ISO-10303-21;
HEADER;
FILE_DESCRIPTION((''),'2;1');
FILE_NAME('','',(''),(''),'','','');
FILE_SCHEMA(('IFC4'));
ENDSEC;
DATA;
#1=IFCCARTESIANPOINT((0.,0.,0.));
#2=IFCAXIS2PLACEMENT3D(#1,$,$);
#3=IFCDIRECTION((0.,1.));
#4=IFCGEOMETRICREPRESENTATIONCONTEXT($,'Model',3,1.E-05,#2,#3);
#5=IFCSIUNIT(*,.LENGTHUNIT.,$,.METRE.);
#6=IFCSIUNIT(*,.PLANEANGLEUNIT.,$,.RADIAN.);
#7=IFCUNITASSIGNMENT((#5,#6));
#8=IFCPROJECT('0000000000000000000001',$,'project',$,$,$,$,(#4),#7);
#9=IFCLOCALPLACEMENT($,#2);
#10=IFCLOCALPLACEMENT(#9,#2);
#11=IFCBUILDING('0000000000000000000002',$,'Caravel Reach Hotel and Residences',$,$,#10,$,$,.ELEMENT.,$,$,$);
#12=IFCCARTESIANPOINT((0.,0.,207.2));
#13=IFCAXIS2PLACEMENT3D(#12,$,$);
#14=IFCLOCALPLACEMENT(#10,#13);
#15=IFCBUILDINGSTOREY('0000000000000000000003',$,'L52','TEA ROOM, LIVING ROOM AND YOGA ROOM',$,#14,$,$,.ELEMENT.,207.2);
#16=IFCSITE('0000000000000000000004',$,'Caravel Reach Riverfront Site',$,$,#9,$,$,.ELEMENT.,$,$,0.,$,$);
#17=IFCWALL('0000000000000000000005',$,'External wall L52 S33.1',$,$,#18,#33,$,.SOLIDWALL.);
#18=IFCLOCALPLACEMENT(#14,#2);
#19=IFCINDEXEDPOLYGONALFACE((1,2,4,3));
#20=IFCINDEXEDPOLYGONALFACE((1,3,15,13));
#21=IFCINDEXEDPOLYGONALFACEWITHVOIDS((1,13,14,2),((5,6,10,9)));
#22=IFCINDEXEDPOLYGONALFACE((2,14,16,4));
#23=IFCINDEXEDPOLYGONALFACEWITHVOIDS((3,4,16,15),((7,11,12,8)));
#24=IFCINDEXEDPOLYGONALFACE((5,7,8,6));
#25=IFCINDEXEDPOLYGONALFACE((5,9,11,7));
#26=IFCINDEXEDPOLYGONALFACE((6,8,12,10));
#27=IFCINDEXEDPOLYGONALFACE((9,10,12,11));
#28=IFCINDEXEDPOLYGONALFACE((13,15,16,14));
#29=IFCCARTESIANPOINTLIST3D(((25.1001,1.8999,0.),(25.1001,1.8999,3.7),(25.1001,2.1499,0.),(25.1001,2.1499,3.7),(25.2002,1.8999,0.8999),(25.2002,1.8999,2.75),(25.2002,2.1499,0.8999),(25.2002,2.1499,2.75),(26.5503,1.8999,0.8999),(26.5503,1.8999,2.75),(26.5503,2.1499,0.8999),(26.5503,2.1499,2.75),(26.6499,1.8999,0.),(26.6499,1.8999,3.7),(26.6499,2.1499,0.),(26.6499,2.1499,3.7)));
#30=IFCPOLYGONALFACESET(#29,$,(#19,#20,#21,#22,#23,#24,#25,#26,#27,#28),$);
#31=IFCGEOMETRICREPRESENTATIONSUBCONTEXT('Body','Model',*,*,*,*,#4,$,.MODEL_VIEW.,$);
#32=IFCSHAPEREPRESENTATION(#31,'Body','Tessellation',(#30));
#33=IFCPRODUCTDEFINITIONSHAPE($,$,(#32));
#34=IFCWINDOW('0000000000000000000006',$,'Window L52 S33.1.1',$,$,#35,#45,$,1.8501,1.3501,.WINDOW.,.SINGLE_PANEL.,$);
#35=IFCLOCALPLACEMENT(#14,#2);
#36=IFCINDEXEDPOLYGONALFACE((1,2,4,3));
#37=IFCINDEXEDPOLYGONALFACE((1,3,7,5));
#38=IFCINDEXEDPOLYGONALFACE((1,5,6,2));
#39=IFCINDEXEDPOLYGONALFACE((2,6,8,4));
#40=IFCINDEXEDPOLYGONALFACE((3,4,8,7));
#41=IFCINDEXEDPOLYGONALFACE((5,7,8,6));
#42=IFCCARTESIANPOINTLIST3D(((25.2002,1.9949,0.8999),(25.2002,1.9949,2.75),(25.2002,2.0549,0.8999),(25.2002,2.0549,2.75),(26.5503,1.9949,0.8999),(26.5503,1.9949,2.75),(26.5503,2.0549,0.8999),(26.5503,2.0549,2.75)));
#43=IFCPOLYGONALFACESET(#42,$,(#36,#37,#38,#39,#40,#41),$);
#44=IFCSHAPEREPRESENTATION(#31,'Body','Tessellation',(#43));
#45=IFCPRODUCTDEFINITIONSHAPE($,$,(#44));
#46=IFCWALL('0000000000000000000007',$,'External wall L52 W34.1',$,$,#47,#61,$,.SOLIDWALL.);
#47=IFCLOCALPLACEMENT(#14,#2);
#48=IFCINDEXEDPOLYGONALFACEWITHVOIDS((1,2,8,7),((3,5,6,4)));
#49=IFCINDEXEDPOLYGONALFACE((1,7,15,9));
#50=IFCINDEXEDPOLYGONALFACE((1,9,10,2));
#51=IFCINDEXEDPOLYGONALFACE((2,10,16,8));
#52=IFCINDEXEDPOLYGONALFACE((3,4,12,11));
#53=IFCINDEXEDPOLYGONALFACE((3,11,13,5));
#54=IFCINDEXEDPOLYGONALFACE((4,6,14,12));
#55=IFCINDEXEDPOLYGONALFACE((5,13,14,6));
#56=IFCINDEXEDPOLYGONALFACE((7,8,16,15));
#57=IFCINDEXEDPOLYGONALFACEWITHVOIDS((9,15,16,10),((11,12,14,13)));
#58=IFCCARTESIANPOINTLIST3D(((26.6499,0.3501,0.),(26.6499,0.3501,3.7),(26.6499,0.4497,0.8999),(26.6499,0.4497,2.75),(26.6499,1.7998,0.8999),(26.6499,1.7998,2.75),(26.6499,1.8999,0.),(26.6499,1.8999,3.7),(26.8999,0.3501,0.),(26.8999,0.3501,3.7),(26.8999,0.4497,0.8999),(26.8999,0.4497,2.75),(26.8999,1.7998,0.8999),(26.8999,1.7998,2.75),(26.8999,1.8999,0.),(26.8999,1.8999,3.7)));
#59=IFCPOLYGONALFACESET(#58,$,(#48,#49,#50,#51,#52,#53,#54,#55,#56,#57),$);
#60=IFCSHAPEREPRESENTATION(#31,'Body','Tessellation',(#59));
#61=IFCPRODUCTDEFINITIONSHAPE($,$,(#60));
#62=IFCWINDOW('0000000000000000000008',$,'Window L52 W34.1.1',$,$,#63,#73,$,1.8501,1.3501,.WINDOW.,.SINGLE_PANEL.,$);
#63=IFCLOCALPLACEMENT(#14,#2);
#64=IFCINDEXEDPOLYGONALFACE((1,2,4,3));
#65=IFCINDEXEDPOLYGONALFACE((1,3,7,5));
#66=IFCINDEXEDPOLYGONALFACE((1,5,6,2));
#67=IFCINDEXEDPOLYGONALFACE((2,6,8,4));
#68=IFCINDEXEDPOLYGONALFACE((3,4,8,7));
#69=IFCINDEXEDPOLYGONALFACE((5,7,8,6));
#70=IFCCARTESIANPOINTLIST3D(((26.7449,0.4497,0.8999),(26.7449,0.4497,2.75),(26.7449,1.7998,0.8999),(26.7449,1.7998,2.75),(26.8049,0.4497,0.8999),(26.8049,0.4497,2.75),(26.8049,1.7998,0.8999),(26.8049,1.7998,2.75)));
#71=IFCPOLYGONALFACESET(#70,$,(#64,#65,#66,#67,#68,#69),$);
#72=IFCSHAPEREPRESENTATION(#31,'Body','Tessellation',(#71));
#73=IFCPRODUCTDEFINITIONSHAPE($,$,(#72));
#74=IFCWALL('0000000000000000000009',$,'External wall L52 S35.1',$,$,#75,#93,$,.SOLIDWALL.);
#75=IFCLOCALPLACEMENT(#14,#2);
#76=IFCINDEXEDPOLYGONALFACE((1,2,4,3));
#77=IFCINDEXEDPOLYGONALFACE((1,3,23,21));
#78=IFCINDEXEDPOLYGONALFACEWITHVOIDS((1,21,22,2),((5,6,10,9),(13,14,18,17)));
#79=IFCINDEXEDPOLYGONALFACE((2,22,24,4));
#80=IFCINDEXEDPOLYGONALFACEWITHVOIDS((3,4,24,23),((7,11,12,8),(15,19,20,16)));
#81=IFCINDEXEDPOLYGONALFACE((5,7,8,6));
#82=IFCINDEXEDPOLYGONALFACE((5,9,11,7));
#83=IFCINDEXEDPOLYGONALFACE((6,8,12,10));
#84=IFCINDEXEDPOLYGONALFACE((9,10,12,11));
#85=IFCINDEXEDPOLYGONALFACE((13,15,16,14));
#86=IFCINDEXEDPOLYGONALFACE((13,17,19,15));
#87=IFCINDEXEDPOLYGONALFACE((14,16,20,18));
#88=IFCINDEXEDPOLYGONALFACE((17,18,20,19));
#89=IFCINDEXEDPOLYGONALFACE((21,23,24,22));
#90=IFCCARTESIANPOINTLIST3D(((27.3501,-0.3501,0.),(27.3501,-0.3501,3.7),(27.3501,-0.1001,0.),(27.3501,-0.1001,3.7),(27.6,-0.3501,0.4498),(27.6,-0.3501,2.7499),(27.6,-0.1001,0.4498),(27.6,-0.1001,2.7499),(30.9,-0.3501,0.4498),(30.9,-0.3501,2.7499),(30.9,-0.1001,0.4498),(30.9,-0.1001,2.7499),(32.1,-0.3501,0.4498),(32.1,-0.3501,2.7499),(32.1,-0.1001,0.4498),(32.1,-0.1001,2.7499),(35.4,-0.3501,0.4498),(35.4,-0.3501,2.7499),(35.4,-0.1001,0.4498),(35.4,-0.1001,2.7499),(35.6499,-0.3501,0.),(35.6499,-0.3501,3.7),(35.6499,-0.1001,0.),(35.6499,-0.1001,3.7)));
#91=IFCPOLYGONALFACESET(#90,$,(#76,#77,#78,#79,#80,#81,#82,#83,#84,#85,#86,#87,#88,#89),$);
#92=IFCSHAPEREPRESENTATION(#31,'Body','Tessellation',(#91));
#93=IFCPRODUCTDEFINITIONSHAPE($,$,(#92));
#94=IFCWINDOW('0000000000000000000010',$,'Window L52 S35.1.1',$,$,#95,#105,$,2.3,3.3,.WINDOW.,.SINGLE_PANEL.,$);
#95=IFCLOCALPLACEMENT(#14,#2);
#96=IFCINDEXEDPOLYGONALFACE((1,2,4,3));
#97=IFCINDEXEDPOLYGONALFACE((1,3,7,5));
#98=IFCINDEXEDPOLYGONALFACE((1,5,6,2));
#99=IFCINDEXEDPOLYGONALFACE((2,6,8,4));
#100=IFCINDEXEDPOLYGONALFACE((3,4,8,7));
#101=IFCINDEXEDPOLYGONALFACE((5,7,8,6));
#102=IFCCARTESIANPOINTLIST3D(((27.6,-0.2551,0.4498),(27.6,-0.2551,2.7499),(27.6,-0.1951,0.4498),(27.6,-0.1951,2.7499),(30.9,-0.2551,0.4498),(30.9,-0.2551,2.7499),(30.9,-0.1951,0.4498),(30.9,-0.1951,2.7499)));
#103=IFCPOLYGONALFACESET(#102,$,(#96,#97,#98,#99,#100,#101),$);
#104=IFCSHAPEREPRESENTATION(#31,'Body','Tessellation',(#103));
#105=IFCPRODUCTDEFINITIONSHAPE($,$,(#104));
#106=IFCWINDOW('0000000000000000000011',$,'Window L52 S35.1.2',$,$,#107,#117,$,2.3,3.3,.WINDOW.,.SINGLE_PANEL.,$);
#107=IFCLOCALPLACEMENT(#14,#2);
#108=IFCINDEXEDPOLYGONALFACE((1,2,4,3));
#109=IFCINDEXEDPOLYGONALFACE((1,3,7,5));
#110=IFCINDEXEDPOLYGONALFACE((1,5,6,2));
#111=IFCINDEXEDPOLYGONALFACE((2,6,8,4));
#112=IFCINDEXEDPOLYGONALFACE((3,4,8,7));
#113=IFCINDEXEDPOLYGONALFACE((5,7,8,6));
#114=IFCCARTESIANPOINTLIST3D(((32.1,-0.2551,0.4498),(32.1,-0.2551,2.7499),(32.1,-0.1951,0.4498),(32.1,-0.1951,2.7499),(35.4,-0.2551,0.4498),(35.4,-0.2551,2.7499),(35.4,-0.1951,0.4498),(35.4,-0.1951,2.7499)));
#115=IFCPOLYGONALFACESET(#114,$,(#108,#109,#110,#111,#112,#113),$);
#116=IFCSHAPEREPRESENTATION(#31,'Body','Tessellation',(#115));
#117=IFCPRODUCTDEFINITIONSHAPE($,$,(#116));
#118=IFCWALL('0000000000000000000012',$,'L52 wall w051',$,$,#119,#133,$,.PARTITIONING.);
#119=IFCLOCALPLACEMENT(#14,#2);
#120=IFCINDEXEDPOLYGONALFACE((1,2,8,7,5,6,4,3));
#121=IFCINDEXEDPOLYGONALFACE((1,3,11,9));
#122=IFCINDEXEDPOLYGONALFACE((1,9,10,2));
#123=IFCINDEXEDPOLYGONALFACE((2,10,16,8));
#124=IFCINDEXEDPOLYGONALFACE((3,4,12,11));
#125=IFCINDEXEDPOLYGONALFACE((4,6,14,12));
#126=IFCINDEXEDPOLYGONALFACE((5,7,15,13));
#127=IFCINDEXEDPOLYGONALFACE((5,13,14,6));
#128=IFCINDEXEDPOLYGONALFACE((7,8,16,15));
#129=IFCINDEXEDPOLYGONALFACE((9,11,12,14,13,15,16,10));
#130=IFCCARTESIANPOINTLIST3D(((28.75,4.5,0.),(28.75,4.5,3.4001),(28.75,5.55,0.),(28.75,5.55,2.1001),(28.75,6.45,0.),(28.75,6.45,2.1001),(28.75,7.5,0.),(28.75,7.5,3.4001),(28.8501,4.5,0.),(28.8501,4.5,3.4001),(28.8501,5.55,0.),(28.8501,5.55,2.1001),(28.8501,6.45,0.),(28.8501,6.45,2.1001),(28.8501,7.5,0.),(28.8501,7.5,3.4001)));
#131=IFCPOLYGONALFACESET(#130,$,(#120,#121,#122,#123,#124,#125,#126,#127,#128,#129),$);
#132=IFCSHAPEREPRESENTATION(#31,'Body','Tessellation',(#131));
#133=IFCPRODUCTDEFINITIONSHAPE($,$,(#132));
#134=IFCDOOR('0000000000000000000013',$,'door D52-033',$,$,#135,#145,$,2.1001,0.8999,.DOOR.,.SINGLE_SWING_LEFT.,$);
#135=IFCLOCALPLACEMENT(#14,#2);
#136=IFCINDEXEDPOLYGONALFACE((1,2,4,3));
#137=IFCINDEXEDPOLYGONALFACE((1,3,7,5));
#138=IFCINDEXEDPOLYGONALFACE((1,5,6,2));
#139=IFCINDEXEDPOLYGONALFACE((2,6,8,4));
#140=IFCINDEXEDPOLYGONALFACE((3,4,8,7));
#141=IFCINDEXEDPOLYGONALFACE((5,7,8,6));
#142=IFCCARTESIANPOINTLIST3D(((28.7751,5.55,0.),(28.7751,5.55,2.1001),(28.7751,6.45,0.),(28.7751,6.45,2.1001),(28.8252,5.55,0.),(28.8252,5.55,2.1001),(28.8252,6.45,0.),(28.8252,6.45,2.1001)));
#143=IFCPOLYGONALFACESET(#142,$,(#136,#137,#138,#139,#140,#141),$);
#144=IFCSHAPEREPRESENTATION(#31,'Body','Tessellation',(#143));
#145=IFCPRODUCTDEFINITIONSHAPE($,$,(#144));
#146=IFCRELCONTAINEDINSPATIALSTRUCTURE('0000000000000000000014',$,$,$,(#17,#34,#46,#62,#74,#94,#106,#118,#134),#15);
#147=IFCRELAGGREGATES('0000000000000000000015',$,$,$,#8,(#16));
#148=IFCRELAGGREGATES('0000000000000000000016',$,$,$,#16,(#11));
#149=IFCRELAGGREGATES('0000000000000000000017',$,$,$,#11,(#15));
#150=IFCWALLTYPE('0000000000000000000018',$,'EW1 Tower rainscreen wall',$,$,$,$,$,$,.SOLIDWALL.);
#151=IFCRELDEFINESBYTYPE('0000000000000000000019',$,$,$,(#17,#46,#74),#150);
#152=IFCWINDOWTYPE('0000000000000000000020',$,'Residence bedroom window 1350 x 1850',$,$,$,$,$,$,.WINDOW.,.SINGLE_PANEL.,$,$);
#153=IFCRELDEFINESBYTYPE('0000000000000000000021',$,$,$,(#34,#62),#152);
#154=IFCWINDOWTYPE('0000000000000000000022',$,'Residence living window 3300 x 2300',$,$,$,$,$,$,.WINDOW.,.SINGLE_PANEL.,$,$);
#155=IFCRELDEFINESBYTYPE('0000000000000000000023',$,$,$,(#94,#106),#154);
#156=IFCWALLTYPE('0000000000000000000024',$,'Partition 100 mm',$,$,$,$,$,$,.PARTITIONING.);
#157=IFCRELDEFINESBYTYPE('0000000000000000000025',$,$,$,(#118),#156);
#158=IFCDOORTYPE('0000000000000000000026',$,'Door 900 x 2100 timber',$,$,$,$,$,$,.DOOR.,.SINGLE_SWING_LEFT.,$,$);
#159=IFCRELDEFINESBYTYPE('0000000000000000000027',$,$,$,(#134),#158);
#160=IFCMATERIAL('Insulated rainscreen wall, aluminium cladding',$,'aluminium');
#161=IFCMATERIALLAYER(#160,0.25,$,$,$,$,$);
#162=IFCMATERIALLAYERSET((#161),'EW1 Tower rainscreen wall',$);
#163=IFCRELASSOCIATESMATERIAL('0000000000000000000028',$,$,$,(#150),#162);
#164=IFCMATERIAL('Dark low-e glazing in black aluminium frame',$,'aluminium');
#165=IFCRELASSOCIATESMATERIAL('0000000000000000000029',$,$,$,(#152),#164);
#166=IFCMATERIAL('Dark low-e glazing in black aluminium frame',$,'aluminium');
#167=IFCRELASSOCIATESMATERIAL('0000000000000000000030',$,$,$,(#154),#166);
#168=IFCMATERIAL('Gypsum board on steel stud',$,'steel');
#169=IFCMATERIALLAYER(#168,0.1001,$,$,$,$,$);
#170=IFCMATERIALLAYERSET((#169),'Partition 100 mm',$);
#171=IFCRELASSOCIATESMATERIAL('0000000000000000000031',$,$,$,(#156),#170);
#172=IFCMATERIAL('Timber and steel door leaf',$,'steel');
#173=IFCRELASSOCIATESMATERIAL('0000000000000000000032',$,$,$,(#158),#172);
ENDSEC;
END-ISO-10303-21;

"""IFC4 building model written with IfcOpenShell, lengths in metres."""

from ifc_helpers import new_model, si_unit, direction, frame, frame_2d, origin, place, context, subcontext, project, spatial, rectangle, extrude, material, layer, layer_set, type_object, element, fill, save


model = new_model("IFC4")

# Units and contexts
model_context = context("Model", 3, precision=1e-05, world=origin(), true_north=direction((0.0, 1.0)))
body_context = subcontext(model_context, "Body", "Model", "MODEL_VIEW")
ifc_project = project(units=[si_unit("LENGTHUNIT", "METRE"), si_unit("PLANEANGLEUNIT", "RADIAN")], contexts=[model_context])

# Site, building, storey
site_placement = place(None, origin())
site = spatial("IfcSite", under=ifc_project, at=site_placement, Name="Caravel Reach Riverfront Site", CompositionType="ELEMENT", RefElevation=0.0)
building_placement = place(site_placement, origin())
building = spatial("IfcBuilding", under=site, at=building_placement, Name="Caravel Reach Hotel and Residences", CompositionType="ELEMENT")
storey_placement = place(building_placement, frame((0.0, 0.0, 207.2)))
storey = spatial("IfcBuildingStorey", under=building, at=storey_placement, Name="L52", Description="TEA ROOM, LIVING ROOM AND YOGA ROOM", CompositionType="ELEMENT", Elevation=207.2)

# Walls, openings, windows
ifc_material_1 = material(Name="Insulated rainscreen wall, aluminium cladding", Category="aluminium")
ifc_layer_1 = layer(ifc_material_1, 0.25)
ifc_layer_set_1 = layer_set([ifc_layer_1], Name="EW1 Tower rainscreen wall")
wall_type_1 = type_object("IfcWallType", Name="EW1 Tower rainscreen wall", PredefinedType="SOLIDWALL", material=ifc_layer_set_1)
wall_1_placement = place(storey_placement, frame((25.1001, 2.0249, 0.0), z_axis=(0.0, 0.0, 1.0), x_axis=(1.0, 0.0, 0.0)))
wall_1 = element("IfcWall", 1, at=wall_1_placement, inside=storey, type_object=wall_type_1, Name="External wall L52 S33.1", PredefinedType="SOLIDWALL", context=body_context, shape_type="SweptSolid", body=[
    extrude(rectangle(XDim=1.5498, YDim=0.25, at=frame_2d((0.7749, 0.0))), origin(), (0.0, 0.0, 1.0), 3.7),
])
opening_1_placement = place(wall_1_placement, frame((0.1001, 0.0, 0.8999)))
opening_1 = element("IfcOpeningElement", 2, at=opening_1_placement, cuts=wall_1, PredefinedType="OPENING", context=body_context, shape_type="SweptSolid", body=[
    extrude(rectangle(XDim=1.3501, YDim=1.8501, at=frame_2d((0.675, 0.925))), frame((0.0, 0.135, 0.0), z_axis=(0.0, -1.0, 0.0), x_axis=(1.0, 0.0, 0.0)), (0.0, 0.0, 1.0), 0.27),
])
ifc_material_2 = material(Name="Dark low-e glazing in black aluminium frame", Category="aluminium")
window_type_1 = type_object("IfcWindowType", Name="Residence bedroom window 1350 x 1850", PartitioningType="SINGLE_PANEL", PredefinedType="WINDOW", material=ifc_material_2)
window_1_placement = place(opening_1_placement, origin())
window_1 = element("IfcWindow", 3, at=window_1_placement, inside=storey, type_object=window_type_1, Name="Window L52 S33.1.1", OverallHeight=1.8501, OverallWidth=1.3501, PartitioningType="SINGLE_PANEL", PredefinedType="WINDOW", context=body_context, shape_type="SweptSolid", body=[
    extrude(rectangle(XDim=1.3501, YDim=1.8501, at=frame_2d((0.675, 0.925))), frame((0.0, 0.03, 0.0), z_axis=(0.0, -1.0, 0.0), x_axis=(1.0, 0.0, 0.0)), (0.0, 0.0, 1.0), 0.0601),
])
fill(opening_1, window_1)
wall_2_placement = place(storey_placement, frame((26.7749, 1.8999, 0.0), z_axis=(0.0, 0.0, 1.0), x_axis=(0.0, -1.0, 0.0)))
wall_2 = element("IfcWall", 4, at=wall_2_placement, inside=storey, type_object=wall_type_1, Name="External wall L52 W34.1", PredefinedType="SOLIDWALL", context=body_context, shape_type="SweptSolid", body=[
    extrude(rectangle(XDim=1.5498, YDim=0.25, at=frame_2d((0.7749, 0.0))), origin(), (0.0, 0.0, 1.0), 3.7),
])
opening_2_placement = place(wall_2_placement, frame((0.1001, 0.0, 0.8999)))
opening_2 = element("IfcOpeningElement", 5, at=opening_2_placement, cuts=wall_2, PredefinedType="OPENING", context=body_context, shape_type="SweptSolid", body=[
    extrude(rectangle(XDim=1.3501, YDim=1.8501, at=frame_2d((0.675, 0.925))), frame((0.0, 0.135, 0.0), z_axis=(0.0, -1.0, 0.0), x_axis=(1.0, 0.0, 0.0)), (0.0, 0.0, 1.0), 0.27),
])
window_2_placement = place(opening_2_placement, origin())
window_2 = element("IfcWindow", 6, at=window_2_placement, inside=storey, type_object=window_type_1, Name="Window L52 W34.1.1", OverallHeight=1.8501, OverallWidth=1.3501, PartitioningType="SINGLE_PANEL", PredefinedType="WINDOW", context=body_context, shape_type="SweptSolid", body=[
    extrude(rectangle(XDim=1.3501, YDim=1.8501, at=frame_2d((0.675, 0.925))), frame((0.0, 0.03, 0.0), z_axis=(0.0, -1.0, 0.0), x_axis=(1.0, 0.0, 0.0)), (0.0, 0.0, 1.0), 0.0601),
])
fill(opening_2, window_2)

# Wall, openings, windows
wall_3_placement = place(storey_placement, frame((27.3501, -0.2251, 0.0), z_axis=(0.0, 0.0, 1.0), x_axis=(1.0, 0.0, 0.0)))
wall_3 = element("IfcWall", 7, at=wall_3_placement, inside=storey, type_object=wall_type_1, Name="External wall L52 S35.1", PredefinedType="SOLIDWALL", context=body_context, shape_type="SweptSolid", body=[
    extrude(rectangle(XDim=8.2998, YDim=0.25, at=frame_2d((4.1499, 0.0))), origin(), (0.0, 0.0, 1.0), 3.7),
])
opening_3_placement = place(wall_3_placement, frame((0.25, 0.0, 0.45)))
opening_3 = element("IfcOpeningElement", 8, at=opening_3_placement, cuts=wall_3, PredefinedType="OPENING", context=body_context, shape_type="SweptSolid", body=[
    extrude(rectangle(XDim=3.3, YDim=2.3, at=frame_2d((1.6499, 1.1499))), frame((0.0, 0.135, 0.0), z_axis=(0.0, -1.0, 0.0), x_axis=(1.0, 0.0, 0.0)), (0.0, 0.0, 1.0), 0.27),
])
opening_4_placement = place(wall_3_placement, frame((4.75, 0.0, 0.45)))
opening_4 = element("IfcOpeningElement", 9, at=opening_4_placement, cuts=wall_3, PredefinedType="OPENING", context=body_context, shape_type="SweptSolid", body=[
    extrude(rectangle(XDim=3.3, YDim=2.3, at=frame_2d((1.6499, 1.1499))), frame((0.0, 0.135, 0.0), z_axis=(0.0, -1.0, 0.0), x_axis=(1.0, 0.0, 0.0)), (0.0, 0.0, 1.0), 0.27),
])
ifc_material_3 = material(Name="Dark low-e glazing in black aluminium frame", Category="aluminium")
window_type_2 = type_object("IfcWindowType", Name="Residence living window 3300 x 2300", PartitioningType="SINGLE_PANEL", PredefinedType="WINDOW", material=ifc_material_3)
window_3_placement = place(opening_3_placement, origin())
window_3 = element("IfcWindow", 10, at=window_3_placement, inside=storey, type_object=window_type_2, Name="Window L52 S35.1.1", OverallHeight=2.3, OverallWidth=3.3, PartitioningType="SINGLE_PANEL", PredefinedType="WINDOW", context=body_context, shape_type="SweptSolid", body=[
    extrude(rectangle(XDim=3.3, YDim=2.3, at=frame_2d((1.6499, 1.1499))), frame((0.0, 0.03, 0.0), z_axis=(0.0, -1.0, 0.0), x_axis=(1.0, 0.0, 0.0)), (0.0, 0.0, 1.0), 0.0601),
])
fill(opening_3, window_3)
window_4_placement = place(opening_4_placement, origin())
window_4 = element("IfcWindow", 11, at=window_4_placement, inside=storey, type_object=window_type_2, Name="Window L52 S35.1.2", OverallHeight=2.3, OverallWidth=3.3, PartitioningType="SINGLE_PANEL", PredefinedType="WINDOW", context=body_context, shape_type="SweptSolid", body=[
    extrude(rectangle(XDim=3.3, YDim=2.3, at=frame_2d((1.6499, 1.1499))), frame((0.0, 0.03, 0.0), z_axis=(0.0, -1.0, 0.0), x_axis=(1.0, 0.0, 0.0)), (0.0, 0.0, 1.0), 0.0601),
])
fill(opening_4, window_4)

# Wall, opening, door
ifc_material_4 = material(Name="Gypsum board on steel stud", Category="steel")
ifc_layer_2 = layer(ifc_material_4, 0.1001)
ifc_layer_set_2 = layer_set([ifc_layer_2], Name="Partition 100 mm")
wall_type_2 = type_object("IfcWallType", Name="Partition 100 mm", PredefinedType="PARTITIONING", material=ifc_layer_set_2)
wall_4_placement = place(storey_placement, frame((28.8, 4.5, 0.0), z_axis=(0.0, 0.0, 1.0), x_axis=(0.0, 1.0, 0.0)))
wall_4 = element("IfcWall", 12, at=wall_4_placement, inside=storey, type_object=wall_type_2, Name="L52 wall w051", PredefinedType="PARTITIONING", context=body_context, shape_type="SweptSolid", body=[
    extrude(rectangle(XDim=3.0, YDim=0.1001, at=frame_2d((1.5, 0.0))), origin(), (0.0, 0.0, 1.0), 3.4001),
])
opening_5_placement = place(wall_4_placement, frame((1.05, 0.0, 0.0)))
opening_5 = element("IfcOpeningElement", 13, at=opening_5_placement, cuts=wall_4, PredefinedType="OPENING", context=body_context, shape_type="SweptSolid", body=[
    extrude(rectangle(XDim=0.8999, YDim=2.1001, at=frame_2d((0.45, 1.05))), frame((0.0, 0.0601, 0.0), z_axis=(0.0, -1.0, 0.0), x_axis=(1.0, 0.0, 0.0)), (0.0, 0.0, 1.0), 0.1201),
])
ifc_material_5 = material(Name="Timber and steel door leaf", Category="steel")
door_type_1 = type_object("IfcDoorType", Name="Door 900 x 2100 timber", OperationType="SINGLE_SWING_LEFT", PredefinedType="DOOR", material=ifc_material_5)
door_1_placement = place(opening_5_placement, origin())
door_1 = element("IfcDoor", 14, at=door_1_placement, inside=storey, type_object=door_type_1, Name="door D52-033", OperationType="SINGLE_SWING_LEFT", OverallHeight=2.1001, OverallWidth=0.8999, PredefinedType="DOOR", context=body_context, shape_type="SweptSolid", body=[
    extrude(rectangle(XDim=0.8999, YDim=2.1001, at=frame_2d((0.45, 1.05))), frame((0.0, 0.0249, 0.0), z_axis=(0.0, -1.0, 0.0), x_axis=(1.0, 0.0, 0.0)), (0.0, 0.0, 1.0), 0.05),
])
fill(opening_5, door_1)

save(model, "model.ifc")
